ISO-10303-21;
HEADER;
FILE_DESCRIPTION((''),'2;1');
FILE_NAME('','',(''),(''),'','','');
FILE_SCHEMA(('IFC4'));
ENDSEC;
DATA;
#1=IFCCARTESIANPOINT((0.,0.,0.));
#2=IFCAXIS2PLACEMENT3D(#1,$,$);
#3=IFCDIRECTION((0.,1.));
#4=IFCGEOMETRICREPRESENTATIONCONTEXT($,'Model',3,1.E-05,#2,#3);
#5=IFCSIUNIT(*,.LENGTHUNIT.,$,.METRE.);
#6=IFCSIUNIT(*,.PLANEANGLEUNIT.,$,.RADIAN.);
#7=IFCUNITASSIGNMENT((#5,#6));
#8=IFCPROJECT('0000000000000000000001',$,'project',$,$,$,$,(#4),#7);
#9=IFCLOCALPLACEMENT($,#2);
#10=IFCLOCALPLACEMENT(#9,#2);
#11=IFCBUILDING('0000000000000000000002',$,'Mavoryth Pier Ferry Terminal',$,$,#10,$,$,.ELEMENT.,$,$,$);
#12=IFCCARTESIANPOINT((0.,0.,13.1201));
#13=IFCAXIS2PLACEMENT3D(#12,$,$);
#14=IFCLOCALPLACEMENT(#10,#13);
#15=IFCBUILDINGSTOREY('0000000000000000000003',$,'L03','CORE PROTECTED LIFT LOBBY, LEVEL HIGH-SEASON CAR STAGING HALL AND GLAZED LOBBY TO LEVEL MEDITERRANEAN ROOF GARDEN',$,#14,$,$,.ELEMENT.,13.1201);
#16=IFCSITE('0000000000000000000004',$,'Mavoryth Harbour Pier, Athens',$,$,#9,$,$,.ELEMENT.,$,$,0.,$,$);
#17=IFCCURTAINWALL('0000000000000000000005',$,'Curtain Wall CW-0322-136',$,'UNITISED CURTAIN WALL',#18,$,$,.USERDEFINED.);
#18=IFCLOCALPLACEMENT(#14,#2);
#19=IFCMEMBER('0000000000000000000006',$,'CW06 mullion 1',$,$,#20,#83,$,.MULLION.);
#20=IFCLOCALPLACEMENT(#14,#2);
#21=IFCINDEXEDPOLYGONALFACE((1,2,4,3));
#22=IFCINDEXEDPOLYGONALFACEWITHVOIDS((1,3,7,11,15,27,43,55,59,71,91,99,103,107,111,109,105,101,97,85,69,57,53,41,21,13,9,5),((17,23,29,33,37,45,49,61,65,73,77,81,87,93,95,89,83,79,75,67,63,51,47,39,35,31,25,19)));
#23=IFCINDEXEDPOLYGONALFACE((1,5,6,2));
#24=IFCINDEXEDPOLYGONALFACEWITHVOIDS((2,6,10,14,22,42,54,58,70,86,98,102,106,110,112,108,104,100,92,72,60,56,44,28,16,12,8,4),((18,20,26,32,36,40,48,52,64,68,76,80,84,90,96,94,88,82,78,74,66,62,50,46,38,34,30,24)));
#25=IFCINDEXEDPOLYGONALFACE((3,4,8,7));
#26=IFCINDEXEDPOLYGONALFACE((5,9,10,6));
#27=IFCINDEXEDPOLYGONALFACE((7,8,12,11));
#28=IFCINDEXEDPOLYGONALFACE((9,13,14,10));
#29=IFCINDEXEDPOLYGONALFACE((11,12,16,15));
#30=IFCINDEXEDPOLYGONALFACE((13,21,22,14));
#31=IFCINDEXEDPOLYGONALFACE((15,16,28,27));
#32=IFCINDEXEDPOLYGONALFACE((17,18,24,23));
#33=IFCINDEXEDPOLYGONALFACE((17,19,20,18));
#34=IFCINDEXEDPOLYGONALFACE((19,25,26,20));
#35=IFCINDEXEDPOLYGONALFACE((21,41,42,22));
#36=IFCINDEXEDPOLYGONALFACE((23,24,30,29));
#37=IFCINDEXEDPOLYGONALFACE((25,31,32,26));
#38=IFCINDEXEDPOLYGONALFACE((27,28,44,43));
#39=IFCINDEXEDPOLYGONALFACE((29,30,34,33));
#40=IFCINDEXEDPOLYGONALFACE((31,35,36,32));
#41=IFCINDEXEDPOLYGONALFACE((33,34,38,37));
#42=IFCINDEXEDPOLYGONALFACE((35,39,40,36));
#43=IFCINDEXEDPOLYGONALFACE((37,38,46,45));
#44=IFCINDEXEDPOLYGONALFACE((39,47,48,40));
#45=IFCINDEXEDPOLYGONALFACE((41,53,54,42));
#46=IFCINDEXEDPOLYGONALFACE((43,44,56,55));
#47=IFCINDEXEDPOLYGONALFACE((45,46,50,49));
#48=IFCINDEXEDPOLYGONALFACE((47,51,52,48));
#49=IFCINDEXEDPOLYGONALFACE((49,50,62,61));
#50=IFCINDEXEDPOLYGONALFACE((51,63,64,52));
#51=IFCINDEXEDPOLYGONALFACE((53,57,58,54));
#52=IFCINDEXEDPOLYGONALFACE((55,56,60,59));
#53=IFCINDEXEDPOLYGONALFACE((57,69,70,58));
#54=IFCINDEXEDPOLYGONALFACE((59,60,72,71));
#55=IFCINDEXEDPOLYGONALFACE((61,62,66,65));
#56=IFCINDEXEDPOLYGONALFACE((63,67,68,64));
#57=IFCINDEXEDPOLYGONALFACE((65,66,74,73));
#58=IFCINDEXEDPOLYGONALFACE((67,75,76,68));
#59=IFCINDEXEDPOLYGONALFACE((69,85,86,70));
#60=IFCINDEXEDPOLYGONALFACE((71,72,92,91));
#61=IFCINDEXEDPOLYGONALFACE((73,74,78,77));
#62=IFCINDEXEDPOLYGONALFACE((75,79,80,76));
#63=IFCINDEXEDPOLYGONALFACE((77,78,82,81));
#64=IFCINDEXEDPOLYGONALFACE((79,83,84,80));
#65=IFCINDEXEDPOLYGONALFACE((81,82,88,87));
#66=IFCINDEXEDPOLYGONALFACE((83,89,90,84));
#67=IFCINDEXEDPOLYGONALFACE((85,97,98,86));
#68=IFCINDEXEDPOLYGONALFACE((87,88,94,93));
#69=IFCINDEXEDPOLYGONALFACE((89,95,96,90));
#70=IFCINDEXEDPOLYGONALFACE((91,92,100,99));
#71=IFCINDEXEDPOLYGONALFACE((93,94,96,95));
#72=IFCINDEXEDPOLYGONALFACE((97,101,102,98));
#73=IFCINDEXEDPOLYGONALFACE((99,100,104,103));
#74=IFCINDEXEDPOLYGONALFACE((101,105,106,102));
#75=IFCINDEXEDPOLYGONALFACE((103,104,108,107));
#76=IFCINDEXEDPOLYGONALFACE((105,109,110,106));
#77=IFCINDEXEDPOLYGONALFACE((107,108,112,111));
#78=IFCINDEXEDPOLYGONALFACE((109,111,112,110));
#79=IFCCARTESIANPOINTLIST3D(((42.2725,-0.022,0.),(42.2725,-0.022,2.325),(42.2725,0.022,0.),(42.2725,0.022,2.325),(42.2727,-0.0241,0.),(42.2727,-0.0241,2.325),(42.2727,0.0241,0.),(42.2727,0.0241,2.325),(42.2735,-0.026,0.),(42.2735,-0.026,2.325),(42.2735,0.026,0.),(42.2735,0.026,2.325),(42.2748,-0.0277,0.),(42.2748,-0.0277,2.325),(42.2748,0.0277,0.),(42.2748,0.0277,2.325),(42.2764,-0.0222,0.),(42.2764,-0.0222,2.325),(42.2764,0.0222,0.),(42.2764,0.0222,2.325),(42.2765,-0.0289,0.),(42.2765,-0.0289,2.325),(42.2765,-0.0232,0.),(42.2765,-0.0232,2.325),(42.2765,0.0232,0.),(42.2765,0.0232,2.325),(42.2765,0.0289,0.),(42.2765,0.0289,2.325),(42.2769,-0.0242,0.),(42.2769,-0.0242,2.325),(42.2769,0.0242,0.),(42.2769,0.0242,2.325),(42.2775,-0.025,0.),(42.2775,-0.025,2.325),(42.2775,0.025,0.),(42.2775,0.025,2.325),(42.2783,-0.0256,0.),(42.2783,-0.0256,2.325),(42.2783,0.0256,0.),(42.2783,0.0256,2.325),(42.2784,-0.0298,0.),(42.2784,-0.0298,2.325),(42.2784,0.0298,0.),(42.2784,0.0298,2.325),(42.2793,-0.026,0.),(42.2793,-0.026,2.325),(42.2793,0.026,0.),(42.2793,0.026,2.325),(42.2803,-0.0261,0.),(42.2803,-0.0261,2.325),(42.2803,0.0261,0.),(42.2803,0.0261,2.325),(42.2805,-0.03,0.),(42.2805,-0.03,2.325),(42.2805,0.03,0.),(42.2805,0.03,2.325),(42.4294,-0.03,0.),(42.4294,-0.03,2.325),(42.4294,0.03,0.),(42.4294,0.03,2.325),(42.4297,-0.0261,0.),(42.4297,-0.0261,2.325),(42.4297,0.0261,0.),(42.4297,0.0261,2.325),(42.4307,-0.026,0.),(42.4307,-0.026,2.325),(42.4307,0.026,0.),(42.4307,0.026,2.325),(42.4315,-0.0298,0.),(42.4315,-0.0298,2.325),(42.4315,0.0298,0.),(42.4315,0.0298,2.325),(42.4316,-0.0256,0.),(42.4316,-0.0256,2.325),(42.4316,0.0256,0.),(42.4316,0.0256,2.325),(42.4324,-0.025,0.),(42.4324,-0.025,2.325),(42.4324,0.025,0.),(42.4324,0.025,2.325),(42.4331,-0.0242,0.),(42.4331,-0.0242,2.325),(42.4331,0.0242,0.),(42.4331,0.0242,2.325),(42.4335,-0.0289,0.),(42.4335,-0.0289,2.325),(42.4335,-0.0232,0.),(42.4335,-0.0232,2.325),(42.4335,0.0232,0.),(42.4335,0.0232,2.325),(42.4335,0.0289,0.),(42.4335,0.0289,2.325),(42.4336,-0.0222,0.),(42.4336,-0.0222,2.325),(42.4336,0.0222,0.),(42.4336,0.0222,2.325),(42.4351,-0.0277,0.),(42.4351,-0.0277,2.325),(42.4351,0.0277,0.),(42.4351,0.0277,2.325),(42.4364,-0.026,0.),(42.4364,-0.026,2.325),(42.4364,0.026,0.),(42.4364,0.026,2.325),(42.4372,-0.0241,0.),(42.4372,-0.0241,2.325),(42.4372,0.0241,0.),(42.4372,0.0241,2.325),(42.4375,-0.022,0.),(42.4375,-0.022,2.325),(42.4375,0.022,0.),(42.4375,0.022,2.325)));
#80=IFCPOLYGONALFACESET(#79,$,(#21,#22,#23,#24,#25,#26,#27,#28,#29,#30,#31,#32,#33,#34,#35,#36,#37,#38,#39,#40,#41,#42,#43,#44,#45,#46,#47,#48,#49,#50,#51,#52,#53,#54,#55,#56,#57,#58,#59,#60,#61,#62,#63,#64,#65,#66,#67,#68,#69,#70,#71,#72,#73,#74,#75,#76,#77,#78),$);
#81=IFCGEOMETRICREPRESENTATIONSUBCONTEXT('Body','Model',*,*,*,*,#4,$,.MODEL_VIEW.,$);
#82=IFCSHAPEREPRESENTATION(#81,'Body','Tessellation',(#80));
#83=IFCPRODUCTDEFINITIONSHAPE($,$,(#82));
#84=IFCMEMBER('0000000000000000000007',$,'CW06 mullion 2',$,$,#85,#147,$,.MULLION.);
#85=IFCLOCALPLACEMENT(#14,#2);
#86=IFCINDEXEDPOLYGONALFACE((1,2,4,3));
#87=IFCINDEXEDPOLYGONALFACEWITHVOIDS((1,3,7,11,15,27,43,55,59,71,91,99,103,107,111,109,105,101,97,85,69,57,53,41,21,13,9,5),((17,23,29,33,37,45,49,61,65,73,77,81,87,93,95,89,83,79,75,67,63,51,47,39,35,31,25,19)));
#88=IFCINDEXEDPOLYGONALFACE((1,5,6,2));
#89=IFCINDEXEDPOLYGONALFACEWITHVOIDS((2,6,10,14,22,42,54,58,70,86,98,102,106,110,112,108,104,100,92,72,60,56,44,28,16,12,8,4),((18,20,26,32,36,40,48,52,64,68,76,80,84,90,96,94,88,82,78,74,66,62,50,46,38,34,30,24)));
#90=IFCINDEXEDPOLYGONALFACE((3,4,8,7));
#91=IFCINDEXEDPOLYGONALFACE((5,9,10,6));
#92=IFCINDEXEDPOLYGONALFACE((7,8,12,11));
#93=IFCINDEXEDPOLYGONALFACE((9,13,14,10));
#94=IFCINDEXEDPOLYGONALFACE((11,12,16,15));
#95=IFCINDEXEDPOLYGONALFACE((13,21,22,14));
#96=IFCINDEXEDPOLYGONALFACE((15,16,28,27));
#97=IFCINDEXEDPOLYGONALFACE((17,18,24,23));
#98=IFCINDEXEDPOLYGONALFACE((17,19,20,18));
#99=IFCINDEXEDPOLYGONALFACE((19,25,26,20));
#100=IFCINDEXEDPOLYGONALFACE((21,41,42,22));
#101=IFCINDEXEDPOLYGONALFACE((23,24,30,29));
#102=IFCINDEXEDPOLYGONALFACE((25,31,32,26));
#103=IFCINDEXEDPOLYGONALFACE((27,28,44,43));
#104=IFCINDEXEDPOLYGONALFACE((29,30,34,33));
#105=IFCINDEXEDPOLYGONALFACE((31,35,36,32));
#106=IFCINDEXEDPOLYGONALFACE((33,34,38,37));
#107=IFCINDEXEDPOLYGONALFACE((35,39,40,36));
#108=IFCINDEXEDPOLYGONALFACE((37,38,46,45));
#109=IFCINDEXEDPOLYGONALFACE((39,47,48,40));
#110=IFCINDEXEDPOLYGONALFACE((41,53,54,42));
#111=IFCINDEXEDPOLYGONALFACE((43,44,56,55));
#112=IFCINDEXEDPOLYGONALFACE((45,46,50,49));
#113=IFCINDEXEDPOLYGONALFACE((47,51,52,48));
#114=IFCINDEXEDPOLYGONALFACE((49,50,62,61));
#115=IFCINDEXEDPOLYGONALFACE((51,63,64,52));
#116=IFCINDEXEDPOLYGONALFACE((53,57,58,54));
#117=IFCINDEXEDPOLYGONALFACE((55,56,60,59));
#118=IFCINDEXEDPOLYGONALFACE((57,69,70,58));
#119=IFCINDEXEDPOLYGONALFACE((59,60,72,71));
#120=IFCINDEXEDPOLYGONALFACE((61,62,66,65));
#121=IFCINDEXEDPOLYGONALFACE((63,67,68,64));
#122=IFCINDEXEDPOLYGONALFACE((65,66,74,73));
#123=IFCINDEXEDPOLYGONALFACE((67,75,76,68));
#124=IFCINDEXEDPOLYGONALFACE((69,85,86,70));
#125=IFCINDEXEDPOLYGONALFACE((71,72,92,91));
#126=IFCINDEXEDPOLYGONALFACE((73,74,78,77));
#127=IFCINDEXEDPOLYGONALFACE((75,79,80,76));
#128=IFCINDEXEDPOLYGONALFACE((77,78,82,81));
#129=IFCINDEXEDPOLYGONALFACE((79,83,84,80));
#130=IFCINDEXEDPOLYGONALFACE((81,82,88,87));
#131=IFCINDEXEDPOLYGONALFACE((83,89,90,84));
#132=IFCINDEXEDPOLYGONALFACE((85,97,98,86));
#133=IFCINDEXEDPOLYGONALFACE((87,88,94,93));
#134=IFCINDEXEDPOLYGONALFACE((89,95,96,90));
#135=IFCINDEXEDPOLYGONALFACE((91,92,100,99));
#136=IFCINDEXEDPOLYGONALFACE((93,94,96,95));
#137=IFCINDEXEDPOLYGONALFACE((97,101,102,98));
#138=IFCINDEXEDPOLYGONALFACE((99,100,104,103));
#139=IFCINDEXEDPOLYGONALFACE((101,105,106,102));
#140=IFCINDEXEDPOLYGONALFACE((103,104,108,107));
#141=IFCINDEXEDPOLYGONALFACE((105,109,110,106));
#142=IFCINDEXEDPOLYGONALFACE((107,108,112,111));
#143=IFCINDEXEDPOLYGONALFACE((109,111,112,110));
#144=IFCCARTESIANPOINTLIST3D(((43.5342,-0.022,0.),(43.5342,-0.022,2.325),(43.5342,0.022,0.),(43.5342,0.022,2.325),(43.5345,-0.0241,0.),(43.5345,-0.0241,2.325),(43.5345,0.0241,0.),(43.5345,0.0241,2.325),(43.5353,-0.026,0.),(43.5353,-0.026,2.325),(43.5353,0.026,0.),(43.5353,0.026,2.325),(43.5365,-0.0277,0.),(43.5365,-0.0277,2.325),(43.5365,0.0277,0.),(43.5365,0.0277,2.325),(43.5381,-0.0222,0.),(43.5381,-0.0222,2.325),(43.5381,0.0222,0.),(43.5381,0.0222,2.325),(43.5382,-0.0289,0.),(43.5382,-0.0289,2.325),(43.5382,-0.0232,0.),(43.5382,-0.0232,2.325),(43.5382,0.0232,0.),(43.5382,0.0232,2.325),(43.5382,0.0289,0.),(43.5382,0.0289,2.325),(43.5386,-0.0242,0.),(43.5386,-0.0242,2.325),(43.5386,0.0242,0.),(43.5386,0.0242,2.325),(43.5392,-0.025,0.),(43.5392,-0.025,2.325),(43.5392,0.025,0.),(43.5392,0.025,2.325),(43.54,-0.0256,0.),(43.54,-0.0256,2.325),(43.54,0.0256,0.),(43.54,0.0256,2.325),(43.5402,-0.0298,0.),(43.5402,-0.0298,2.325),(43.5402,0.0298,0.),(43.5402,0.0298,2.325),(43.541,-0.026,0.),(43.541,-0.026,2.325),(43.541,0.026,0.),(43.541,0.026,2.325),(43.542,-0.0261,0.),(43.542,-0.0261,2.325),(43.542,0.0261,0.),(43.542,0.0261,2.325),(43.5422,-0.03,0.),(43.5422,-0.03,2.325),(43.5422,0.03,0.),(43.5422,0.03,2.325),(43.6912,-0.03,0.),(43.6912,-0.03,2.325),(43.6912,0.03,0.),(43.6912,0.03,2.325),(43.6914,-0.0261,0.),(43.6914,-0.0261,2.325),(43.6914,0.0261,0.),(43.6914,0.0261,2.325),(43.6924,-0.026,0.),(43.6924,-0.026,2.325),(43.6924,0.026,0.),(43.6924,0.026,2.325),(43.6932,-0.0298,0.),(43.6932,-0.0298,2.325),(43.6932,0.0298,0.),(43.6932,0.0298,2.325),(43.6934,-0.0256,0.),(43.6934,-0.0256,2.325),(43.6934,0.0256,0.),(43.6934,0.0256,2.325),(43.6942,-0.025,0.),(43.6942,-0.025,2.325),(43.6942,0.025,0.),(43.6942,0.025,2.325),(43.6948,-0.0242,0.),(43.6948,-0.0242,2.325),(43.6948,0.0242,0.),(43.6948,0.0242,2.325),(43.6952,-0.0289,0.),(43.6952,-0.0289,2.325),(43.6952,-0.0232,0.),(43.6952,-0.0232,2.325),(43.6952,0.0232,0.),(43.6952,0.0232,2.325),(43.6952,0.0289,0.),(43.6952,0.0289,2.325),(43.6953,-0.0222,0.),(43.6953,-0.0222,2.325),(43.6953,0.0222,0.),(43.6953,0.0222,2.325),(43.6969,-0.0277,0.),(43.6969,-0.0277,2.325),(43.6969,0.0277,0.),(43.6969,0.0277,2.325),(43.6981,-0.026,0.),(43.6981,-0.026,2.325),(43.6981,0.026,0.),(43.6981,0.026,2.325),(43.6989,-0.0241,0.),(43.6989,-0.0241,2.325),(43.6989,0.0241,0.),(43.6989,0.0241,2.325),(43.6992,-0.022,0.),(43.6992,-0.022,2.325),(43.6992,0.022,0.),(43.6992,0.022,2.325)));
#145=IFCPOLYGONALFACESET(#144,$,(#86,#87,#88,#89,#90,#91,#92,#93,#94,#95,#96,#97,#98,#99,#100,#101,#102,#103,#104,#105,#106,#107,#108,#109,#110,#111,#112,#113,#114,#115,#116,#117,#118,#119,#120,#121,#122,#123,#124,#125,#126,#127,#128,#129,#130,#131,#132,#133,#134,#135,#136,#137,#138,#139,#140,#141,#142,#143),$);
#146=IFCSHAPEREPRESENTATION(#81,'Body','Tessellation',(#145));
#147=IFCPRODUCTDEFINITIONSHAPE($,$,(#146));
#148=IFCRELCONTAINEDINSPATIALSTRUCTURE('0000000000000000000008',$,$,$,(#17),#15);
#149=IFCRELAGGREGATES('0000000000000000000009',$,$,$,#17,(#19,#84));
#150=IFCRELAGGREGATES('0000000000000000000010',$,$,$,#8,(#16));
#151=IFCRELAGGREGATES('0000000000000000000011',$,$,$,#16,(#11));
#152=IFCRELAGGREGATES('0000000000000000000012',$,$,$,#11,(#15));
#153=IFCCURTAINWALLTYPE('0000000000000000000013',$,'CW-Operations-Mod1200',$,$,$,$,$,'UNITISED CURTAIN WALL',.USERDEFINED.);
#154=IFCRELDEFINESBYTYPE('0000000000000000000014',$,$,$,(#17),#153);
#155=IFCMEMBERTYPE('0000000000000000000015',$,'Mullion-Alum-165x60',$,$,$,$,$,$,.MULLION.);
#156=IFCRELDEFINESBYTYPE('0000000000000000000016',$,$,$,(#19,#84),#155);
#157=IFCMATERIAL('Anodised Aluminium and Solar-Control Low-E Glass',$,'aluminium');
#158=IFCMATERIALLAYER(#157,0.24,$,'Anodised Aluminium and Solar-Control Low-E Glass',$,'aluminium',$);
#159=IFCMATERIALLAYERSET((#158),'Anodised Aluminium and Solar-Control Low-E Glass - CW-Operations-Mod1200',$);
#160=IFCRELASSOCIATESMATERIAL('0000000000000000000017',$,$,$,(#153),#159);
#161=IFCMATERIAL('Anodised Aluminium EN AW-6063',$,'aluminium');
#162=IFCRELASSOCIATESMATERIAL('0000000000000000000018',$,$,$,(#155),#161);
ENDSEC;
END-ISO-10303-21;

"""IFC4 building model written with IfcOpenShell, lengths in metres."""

from ifc_helpers import new_model, si_unit, direction, frame, origin, origin_2d, place, context, subcontext, project, spatial, hollow_rectangle, extrude, material, layer, layer_set, material_profile, profile_set, type_object, element, aggregate, save


model = new_model("IFC4")

# Units and contexts
model_context = context("Model", 3, precision=1e-05, world=origin(), true_north=direction((0.0, 1.0)))
body_context = subcontext(model_context, "Body", "Model", "MODEL_VIEW")
ifc_project = project(units=[si_unit("LENGTHUNIT", "METRE"), si_unit("PLANEANGLEUNIT", "RADIAN")], contexts=[model_context])

# Site, building, storey
site_placement = place(None, origin())
site = spatial("IfcSite", under=ifc_project, at=site_placement, Name="Mavoryth Harbour Pier, Athens", CompositionType="ELEMENT", RefElevation=0.0)
building_placement = place(site_placement, origin())
building = spatial("IfcBuilding", under=site, at=building_placement, Name="Mavoryth Pier Ferry Terminal", CompositionType="ELEMENT")
storey_placement = place(building_placement, frame((0.0, 0.0, 13.1201)))
storey = spatial("IfcBuildingStorey", under=building, at=storey_placement, Name="L03", Description="CORE PROTECTED LIFT LOBBY, LEVEL HIGH-SEASON CAR STAGING HALL AND GLAZED LOBBY TO LEVEL MEDITERRANEAN ROOF GARDEN", CompositionType="ELEMENT", Elevation=13.1201)

# Curtain wall, members
ifc_material_1 = material(Name="Anodised Aluminium and Solar-Control Low-E Glass", Category="aluminium")
ifc_layer_1 = layer(ifc_material_1, 0.24, Name="Anodised Aluminium and Solar-Control Low-E Glass", Category="aluminium")
ifc_layer_set_1 = layer_set([ifc_layer_1], Name="Anodised Aluminium and Solar-Control Low-E Glass - CW-Operations-Mod1200")
curtain_wall_type = type_object("IfcCurtainWallType", Name="CW-Operations-Mod1200", ElementType="UNITISED CURTAIN WALL", PredefinedType="USERDEFINED", material=ifc_layer_set_1)
curtain_wall_placement = place(storey_placement, origin())
curtain_wall = element("IfcCurtainWall", 1, at=curtain_wall_placement, inside=storey, type_object=curtain_wall_type, Name="Curtain Wall CW-0322-136", ObjectType="UNITISED CURTAIN WALL", PredefinedType="USERDEFINED")
ifc_material_2 = material(Name="Anodised Aluminium EN AW-6063", Category="aluminium")
ifc_material_profile_1 = material_profile(ifc_material_2, hollow_rectangle(XDim=0.0601, YDim=0.165, WallThickness=0.0039, InnerFilletRadius=0.0039, OuterFilletRadius=0.0081, at=origin_2d()), Name="AL-MULL 165x60x4", Category="aluminium")
ifc_profile_set_1 = profile_set([ifc_material_profile_1], Name="Anodised Aluminium EN AW-6063 - AL-MULL 165x60x4")
member_type_1 = type_object("IfcMemberType", Name="Mullion-Alum-165x60", PredefinedType="MULLION", material=ifc_profile_set_1)
member_1_placement = place(storey_placement, frame((42.355, 0.0, 0.0), z_axis=(0.0, 0.0, 1.0), x_axis=(0.0, 1.0, 0.0)))
member_1 = element("IfcMember", 2, at=member_1_placement, type_object=member_type_1, Name="CW06 mullion 1", PredefinedType="MULLION", context=body_context, shape_type="SweptSolid", body=[
    extrude(hollow_rectangle(XDim=0.0601, YDim=0.165, WallThickness=0.0039, InnerFilletRadius=0.0039, OuterFilletRadius=0.0081, at=origin_2d()), origin(), (0.0, 0.0, 1.0), 2.325),
])
member_2_placement = place(storey_placement, frame((43.6167, 0.0, 0.0), z_axis=(0.0, 0.0, 1.0), x_axis=(0.0, 1.0, 0.0)))
member_2 = element("IfcMember", 3, at=member_2_placement, type_object=member_type_1, Name="CW06 mullion 2", PredefinedType="MULLION", context=body_context, shape_type="SweptSolid", body=[
    extrude(hollow_rectangle(XDim=0.0601, YDim=0.165, WallThickness=0.0039, InnerFilletRadius=0.0039, OuterFilletRadius=0.0081, at=origin_2d()), origin(), (0.0, 0.0, 1.0), 2.325),
])

aggregate(curtain_wall, [member_1, member_2])

save(model, "model.ifc")
